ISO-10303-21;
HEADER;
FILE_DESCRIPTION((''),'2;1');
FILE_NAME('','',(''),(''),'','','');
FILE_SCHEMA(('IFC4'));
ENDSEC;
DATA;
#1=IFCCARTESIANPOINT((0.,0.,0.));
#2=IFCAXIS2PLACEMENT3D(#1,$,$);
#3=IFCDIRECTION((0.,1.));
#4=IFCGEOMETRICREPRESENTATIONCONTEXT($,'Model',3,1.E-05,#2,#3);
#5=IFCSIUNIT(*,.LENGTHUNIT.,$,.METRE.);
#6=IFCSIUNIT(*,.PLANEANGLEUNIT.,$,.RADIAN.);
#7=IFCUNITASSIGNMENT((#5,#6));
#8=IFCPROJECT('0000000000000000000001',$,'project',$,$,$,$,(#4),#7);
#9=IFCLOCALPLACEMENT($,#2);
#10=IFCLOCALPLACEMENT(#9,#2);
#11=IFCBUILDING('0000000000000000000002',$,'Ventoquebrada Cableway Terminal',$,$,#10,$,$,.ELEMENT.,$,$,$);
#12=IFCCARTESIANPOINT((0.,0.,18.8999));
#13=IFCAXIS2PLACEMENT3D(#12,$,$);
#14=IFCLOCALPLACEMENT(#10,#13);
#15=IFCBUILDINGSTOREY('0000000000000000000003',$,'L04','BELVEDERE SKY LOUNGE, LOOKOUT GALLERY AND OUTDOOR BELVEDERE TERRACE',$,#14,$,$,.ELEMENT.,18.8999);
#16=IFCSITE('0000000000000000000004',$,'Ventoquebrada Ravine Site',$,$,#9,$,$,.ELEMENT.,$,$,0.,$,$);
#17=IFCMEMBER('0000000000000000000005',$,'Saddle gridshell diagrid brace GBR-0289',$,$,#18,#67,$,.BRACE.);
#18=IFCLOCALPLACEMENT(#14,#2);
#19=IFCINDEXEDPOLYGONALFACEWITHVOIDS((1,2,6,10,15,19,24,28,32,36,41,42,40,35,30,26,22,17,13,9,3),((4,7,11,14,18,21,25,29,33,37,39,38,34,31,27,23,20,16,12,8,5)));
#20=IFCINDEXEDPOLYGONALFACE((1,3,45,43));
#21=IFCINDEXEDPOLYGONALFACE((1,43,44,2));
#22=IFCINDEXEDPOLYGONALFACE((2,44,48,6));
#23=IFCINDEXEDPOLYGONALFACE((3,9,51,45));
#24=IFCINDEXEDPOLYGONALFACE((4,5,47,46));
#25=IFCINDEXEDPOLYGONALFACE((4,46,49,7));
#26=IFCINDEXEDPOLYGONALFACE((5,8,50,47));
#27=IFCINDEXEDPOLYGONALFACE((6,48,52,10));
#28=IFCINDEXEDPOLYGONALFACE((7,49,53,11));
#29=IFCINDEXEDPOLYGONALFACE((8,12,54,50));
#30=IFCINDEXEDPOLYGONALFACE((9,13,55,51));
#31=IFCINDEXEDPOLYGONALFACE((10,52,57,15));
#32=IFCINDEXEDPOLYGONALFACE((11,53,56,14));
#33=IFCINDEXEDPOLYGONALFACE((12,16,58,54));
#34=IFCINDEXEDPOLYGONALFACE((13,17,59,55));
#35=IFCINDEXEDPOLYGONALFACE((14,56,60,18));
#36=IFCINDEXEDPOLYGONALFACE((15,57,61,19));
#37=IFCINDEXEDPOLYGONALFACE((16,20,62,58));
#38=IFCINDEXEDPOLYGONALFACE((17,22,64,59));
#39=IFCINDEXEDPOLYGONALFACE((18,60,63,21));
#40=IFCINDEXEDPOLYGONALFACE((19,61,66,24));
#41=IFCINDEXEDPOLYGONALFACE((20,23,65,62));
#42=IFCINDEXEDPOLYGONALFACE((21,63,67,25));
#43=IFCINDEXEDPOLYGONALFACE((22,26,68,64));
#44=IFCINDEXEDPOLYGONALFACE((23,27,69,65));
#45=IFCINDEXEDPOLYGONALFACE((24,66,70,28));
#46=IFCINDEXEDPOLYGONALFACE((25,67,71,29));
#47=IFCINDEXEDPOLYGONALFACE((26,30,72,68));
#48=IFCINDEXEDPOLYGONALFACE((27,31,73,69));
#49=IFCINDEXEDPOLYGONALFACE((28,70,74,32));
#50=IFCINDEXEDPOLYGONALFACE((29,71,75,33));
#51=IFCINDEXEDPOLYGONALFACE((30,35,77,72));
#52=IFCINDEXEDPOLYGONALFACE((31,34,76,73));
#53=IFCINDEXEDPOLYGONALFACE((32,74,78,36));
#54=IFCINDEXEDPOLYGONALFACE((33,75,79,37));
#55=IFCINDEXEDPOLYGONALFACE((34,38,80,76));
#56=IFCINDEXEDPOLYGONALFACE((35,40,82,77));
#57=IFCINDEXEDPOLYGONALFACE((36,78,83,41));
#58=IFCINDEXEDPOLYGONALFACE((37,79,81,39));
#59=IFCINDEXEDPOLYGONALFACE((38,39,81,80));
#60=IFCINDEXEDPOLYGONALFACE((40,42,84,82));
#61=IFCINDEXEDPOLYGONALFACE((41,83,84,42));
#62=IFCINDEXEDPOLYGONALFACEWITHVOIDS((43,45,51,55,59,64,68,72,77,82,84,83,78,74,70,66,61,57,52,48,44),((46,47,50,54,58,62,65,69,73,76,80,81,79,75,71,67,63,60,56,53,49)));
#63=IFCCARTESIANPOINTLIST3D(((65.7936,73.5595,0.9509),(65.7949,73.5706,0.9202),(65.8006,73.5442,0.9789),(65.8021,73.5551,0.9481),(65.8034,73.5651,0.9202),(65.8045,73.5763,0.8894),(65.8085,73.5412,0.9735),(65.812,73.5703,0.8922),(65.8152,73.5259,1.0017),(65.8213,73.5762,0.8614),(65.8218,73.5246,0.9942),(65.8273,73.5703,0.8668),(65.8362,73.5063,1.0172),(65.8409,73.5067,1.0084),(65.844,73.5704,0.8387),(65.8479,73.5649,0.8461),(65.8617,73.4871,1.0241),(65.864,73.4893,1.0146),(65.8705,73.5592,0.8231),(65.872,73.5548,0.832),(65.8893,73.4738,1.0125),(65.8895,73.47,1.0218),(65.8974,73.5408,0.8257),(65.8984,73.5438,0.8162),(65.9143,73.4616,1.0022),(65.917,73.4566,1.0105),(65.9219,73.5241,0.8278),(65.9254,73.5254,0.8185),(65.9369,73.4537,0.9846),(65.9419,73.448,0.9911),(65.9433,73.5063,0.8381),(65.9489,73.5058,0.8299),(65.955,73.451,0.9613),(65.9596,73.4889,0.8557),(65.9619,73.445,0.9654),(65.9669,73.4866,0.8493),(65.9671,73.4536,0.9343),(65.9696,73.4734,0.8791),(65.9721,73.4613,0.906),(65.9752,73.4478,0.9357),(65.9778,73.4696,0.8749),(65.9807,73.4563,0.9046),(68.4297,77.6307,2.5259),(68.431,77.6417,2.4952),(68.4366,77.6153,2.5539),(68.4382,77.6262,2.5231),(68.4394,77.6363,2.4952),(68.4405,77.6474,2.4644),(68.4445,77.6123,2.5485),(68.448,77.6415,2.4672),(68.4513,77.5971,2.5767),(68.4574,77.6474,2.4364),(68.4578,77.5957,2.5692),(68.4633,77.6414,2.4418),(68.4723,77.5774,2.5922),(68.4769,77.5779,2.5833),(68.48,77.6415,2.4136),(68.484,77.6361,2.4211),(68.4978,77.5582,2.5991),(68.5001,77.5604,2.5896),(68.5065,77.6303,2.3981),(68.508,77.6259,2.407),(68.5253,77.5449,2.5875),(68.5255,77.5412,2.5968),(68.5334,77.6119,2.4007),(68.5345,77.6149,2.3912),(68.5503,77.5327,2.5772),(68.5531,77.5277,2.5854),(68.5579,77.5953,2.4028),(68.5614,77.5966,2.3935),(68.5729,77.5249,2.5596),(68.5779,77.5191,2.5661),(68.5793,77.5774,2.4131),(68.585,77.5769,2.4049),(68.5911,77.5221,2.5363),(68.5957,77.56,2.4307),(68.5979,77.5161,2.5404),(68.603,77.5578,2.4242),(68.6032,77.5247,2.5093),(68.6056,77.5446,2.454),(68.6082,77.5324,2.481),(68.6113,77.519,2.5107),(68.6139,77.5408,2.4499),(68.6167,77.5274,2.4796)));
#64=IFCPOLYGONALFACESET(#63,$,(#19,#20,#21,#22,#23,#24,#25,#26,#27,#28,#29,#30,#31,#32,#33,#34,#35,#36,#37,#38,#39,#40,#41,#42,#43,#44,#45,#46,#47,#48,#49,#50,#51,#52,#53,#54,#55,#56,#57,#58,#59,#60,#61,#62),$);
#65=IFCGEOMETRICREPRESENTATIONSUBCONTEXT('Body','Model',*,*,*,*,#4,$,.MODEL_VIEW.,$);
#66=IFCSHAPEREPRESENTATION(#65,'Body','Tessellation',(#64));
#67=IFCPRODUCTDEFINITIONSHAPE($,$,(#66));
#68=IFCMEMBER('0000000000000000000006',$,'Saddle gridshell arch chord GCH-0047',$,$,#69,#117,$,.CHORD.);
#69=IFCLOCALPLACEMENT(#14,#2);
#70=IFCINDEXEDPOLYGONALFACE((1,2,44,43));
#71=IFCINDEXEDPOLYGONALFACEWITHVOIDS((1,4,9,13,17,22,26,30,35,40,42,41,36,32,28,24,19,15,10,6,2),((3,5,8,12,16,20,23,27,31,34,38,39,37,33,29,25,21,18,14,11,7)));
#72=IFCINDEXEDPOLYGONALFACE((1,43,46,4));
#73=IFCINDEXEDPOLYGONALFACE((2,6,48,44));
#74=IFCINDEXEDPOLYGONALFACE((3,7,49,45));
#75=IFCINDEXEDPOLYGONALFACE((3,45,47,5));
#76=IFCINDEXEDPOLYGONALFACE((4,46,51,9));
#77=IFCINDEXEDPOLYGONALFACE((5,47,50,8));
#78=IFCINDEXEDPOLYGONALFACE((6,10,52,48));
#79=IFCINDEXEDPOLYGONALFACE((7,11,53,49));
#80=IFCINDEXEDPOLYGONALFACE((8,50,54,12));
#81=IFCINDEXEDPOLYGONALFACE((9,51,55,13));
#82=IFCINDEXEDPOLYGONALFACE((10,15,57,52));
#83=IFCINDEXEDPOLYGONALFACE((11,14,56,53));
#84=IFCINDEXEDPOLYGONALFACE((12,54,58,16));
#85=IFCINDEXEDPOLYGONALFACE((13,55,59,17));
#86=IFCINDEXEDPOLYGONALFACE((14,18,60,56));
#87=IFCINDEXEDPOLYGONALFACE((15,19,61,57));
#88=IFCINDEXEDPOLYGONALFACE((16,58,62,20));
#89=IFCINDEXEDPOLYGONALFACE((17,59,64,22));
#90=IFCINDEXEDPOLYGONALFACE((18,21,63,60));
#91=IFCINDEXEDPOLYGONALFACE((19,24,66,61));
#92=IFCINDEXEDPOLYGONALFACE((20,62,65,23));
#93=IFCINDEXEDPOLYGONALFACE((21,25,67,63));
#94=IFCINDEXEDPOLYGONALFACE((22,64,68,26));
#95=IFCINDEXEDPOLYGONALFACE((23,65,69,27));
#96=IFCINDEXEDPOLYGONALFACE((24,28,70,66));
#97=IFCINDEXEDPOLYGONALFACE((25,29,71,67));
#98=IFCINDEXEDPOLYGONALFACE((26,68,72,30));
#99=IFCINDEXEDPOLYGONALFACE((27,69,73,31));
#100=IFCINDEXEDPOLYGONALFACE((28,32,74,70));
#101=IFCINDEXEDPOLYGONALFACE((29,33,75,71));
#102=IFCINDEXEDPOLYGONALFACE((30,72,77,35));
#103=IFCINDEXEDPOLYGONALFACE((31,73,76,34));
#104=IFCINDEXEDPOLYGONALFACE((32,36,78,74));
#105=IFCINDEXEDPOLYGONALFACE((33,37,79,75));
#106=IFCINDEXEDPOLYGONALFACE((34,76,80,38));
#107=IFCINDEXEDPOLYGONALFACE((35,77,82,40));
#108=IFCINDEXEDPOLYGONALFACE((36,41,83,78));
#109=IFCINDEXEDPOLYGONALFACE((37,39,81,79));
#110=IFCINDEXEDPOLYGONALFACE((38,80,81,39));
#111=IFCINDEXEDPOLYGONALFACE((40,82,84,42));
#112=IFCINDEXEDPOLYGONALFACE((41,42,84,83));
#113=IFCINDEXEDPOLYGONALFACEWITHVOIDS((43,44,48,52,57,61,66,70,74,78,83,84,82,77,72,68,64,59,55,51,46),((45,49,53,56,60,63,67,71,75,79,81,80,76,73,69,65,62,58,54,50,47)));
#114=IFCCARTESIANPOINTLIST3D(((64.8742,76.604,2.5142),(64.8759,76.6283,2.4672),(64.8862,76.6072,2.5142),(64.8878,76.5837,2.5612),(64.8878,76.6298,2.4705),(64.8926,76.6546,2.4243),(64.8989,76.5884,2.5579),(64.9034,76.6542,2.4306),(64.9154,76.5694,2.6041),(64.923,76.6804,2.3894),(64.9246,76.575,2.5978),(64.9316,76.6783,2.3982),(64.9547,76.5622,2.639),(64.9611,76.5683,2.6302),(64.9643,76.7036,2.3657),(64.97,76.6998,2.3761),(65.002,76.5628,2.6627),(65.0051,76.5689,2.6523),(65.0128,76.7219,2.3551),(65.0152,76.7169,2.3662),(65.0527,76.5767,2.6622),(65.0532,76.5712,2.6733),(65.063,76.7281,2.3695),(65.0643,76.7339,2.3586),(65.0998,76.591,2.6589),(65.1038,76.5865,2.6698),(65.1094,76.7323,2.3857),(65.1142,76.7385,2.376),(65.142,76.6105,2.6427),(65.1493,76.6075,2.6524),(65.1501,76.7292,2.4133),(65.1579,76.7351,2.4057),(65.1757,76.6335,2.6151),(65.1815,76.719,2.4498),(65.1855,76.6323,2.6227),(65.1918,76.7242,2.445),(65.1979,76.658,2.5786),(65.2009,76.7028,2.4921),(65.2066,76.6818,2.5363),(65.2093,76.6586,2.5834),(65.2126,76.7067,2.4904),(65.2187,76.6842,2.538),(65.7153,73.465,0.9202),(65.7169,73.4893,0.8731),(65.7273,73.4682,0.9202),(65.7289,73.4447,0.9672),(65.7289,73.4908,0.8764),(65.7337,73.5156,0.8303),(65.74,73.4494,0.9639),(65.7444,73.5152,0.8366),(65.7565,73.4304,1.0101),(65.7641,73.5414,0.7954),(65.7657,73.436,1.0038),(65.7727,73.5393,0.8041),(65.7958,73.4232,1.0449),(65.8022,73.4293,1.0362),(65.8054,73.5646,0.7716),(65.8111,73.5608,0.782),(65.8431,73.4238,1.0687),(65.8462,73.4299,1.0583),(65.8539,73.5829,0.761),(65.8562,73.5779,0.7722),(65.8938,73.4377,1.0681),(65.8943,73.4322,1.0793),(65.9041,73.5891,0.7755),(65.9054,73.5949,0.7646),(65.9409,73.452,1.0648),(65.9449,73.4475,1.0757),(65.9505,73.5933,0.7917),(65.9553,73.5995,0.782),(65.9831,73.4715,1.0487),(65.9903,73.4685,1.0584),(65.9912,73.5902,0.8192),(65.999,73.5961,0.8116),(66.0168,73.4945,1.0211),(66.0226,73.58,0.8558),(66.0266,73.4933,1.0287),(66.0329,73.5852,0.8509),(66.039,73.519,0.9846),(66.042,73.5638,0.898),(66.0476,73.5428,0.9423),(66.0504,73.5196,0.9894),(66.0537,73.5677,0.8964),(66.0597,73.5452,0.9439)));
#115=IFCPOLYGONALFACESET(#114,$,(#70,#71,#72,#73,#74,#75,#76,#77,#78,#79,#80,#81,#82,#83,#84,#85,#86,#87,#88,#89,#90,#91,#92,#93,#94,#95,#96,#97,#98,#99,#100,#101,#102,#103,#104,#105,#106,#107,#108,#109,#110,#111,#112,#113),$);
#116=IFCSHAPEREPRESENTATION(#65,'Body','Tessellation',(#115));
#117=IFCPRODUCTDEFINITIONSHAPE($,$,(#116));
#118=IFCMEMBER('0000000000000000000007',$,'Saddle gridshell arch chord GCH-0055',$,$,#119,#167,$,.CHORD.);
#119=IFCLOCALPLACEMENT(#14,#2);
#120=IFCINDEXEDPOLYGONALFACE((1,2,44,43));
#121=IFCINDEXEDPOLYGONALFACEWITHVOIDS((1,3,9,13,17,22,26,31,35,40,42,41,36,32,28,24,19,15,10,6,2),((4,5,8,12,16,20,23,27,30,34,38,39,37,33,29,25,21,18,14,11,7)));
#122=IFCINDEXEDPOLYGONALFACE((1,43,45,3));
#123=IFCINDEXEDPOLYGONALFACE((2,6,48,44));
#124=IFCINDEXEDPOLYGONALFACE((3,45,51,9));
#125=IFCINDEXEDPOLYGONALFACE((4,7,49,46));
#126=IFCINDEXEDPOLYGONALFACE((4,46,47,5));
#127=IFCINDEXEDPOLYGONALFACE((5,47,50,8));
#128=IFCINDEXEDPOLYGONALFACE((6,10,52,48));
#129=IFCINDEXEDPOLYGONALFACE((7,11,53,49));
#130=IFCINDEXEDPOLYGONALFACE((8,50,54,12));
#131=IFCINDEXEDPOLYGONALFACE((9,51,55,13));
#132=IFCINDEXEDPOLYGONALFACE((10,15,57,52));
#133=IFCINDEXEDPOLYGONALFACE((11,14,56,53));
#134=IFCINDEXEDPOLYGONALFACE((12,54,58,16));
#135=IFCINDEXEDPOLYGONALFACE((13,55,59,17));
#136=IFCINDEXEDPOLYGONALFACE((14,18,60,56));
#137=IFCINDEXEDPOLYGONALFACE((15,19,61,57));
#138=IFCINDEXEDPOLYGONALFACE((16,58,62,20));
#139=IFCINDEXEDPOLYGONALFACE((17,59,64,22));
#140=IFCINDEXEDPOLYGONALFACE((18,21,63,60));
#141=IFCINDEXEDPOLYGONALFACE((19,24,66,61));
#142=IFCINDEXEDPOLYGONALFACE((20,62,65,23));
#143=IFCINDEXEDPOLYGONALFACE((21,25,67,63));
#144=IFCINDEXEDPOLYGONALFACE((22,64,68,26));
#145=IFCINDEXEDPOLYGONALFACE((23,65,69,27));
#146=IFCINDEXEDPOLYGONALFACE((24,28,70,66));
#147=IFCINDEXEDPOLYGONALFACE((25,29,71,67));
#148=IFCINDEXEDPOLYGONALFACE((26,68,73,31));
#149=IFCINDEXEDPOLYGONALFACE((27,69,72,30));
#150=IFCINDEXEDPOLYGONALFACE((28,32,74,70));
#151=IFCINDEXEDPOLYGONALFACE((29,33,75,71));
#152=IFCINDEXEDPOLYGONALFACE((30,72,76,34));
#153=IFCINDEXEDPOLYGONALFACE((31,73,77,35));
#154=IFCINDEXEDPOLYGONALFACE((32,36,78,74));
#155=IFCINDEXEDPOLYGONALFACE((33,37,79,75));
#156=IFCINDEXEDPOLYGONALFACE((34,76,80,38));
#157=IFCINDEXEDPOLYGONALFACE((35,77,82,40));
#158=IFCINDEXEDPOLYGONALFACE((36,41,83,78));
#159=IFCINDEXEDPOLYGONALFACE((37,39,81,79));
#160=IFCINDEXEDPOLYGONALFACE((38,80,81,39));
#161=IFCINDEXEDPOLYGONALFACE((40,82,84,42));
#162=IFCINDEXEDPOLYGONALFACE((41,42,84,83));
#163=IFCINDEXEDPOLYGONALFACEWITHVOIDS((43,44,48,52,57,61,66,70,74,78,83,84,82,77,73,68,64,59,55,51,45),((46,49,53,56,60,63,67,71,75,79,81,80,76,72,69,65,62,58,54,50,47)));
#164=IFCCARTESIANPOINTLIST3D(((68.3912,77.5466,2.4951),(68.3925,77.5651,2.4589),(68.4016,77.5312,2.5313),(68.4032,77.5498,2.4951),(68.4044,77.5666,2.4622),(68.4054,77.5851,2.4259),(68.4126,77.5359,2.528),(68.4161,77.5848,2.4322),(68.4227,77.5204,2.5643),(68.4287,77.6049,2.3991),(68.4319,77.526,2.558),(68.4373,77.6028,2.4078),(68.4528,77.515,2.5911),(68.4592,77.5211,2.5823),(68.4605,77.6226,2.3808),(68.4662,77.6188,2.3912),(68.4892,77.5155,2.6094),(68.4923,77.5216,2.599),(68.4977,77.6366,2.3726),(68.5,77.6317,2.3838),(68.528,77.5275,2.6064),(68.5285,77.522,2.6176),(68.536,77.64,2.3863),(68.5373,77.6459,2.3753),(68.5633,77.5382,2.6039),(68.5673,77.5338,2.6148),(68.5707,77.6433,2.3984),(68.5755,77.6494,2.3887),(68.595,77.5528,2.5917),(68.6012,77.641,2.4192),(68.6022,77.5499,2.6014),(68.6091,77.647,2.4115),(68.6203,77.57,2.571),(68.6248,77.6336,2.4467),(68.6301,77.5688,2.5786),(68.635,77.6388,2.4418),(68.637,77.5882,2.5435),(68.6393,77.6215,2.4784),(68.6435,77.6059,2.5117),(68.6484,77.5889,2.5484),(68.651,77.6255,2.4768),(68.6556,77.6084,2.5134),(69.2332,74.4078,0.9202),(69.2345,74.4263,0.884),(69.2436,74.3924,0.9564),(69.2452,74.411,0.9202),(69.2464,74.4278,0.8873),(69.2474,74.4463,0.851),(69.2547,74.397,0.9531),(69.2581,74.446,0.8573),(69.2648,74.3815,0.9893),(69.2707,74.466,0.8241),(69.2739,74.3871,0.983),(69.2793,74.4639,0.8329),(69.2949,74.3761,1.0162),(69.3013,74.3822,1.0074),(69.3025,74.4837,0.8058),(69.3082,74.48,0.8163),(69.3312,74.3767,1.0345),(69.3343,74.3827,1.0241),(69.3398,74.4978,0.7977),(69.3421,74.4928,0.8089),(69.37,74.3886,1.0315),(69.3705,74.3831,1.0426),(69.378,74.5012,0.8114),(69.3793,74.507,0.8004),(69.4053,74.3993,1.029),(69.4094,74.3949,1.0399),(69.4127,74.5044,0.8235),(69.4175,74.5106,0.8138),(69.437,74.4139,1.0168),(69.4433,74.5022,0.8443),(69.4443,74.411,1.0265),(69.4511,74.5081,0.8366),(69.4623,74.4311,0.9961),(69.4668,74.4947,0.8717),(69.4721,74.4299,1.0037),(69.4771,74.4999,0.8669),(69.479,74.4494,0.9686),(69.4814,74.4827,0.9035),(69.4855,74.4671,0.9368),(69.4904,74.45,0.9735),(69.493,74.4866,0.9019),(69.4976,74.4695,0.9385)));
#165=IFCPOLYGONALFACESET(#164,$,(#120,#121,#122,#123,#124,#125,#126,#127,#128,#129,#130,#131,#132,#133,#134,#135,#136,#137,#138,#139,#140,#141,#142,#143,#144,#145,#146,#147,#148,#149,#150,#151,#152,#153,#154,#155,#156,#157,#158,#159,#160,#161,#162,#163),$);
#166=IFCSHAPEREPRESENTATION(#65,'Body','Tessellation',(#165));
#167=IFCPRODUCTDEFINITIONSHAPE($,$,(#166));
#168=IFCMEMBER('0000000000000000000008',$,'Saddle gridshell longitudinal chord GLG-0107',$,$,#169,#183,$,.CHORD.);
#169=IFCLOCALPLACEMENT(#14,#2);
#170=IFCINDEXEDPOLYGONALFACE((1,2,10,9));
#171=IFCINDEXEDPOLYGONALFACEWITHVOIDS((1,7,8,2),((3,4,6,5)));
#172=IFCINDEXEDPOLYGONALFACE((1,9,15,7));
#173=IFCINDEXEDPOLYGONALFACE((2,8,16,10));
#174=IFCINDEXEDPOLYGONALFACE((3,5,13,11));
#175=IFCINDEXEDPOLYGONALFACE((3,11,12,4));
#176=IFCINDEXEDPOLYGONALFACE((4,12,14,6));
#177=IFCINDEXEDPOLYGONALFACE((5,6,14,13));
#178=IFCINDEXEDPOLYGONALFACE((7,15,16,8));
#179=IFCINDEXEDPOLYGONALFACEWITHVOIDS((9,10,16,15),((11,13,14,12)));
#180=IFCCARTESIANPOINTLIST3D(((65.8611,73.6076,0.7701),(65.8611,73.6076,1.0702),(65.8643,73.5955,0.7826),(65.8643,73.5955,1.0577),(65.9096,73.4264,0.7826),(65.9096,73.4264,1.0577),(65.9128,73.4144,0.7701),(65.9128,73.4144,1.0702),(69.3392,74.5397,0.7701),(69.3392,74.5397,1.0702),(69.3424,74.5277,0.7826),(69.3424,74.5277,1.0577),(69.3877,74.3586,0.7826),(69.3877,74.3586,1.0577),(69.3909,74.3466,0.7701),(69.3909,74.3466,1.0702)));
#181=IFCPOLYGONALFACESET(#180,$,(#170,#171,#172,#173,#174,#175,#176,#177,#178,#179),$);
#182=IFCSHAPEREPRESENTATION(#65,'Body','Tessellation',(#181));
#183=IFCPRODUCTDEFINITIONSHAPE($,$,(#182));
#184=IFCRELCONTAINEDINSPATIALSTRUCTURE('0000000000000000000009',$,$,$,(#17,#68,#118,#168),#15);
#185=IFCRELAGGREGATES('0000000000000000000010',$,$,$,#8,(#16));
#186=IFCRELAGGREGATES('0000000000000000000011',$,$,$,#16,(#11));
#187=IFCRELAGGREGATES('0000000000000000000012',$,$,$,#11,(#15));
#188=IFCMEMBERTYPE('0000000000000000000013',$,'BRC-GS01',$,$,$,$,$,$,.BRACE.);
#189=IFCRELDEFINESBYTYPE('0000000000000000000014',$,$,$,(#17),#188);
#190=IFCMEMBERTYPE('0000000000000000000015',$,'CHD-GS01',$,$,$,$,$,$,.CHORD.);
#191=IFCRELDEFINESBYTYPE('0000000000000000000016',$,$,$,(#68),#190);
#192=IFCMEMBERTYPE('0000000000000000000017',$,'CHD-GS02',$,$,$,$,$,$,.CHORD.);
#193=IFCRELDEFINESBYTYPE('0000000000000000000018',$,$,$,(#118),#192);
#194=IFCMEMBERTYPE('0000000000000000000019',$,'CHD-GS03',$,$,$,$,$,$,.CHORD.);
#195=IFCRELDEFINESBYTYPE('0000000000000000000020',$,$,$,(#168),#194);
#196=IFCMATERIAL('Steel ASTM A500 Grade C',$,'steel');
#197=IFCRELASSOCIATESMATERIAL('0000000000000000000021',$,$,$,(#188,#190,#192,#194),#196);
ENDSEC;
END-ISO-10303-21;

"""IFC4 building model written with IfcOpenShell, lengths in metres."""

from ifc_helpers import new_model, si_unit, direction, frame, origin, origin_2d, place, context, subcontext, project, spatial, hollow_rectangle, hollow_circle, extrude, material, material_profile, profile_set, type_object, element, save


model = new_model("IFC4")

# Units and contexts
model_context = context("Model", 3, precision=1e-05, world=origin(), true_north=direction((0.0, 1.0)))
body_context = subcontext(model_context, "Body", "Model", "MODEL_VIEW")
ifc_project = project(units=[si_unit("LENGTHUNIT", "METRE"), si_unit("PLANEANGLEUNIT", "RADIAN")], contexts=[model_context])

# Site, building, storey
site_placement = place(None, origin())
site = spatial("IfcSite", under=ifc_project, at=site_placement, Name="Ventoquebrada Ravine Site", CompositionType="ELEMENT", RefElevation=0.0)
building_placement = place(site_placement, origin())
building = spatial("IfcBuilding", under=site, at=building_placement, Name="Ventoquebrada Cableway Terminal", CompositionType="ELEMENT")
storey_placement = place(building_placement, frame((0.0, 0.0, 18.8999)))
storey = spatial("IfcBuildingStorey", under=building, at=storey_placement, Name="L04", Description="BELVEDERE SKY LOUNGE, LOOKOUT GALLERY AND OUTDOOR BELVEDERE TERRACE", CompositionType="ELEMENT", Elevation=18.8999)

# Members
ifc_material_1 = material(Name="Steel ASTM A500 Grade C", Category="steel")
ifc_material_profile_1 = material_profile(ifc_material_1, hollow_circle(Radius=0.1096, WallThickness=0.01, at=origin_2d()), Name="CHS219.1X10")
ifc_profile_set_1 = profile_set([ifc_material_profile_1], Name="Steel ASTM A500 Grade C")
member_type_1 = type_object("IfcMemberType", Name="BRC-GS01", PredefinedType="BRACE", material=ifc_profile_set_1)
member_1_placement = place(storey_placement, frame((65.887, 73.511, 0.9202), z_axis=(0.516937, 0.798362, 0.30886), x_axis=(-0.839403, 0.54351, 0.0)))
element("IfcMember", 1, at=member_1_placement, inside=storey, type_object=member_type_1, Name="Saddle gridshell diagrid brace GBR-0289", PredefinedType="BRACE", context=body_context, shape_type="SweptSolid", body=[
    extrude(hollow_circle(Radius=0.1096, WallThickness=0.01, at=origin_2d()), origin(), (0.0, 0.0, 1.0), 5.0994),
])
ifc_material_profile_2 = material_profile(ifc_material_1, hollow_circle(Radius=0.1777, WallThickness=0.0125, at=origin_2d()), Name="CHS355.6X12.5")
ifc_profile_set_2 = profile_set([ifc_material_profile_2], Name="Steel ASTM A500 Grade C")
member_type_2 = type_object("IfcMemberType", Name="CHD-GS01", PredefinedType="CHORD", material=ifc_profile_set_2)
member_2_placement = place(storey_placement, frame((65.887, 73.511, 0.9202), z_axis=(-0.232368, 0.867216, 0.440387), x_axis=(-0.965926, -0.258817, 0.0)))
element("IfcMember", 2, at=member_2_placement, inside=storey, type_object=member_type_2, Name="Saddle gridshell arch chord GCH-0047", PredefinedType="CHORD", context=body_context, shape_type="SweptSolid", body=[
    extrude(hollow_circle(Radius=0.1777, WallThickness=0.0125, at=origin_2d()), origin(), (0.0, 0.0, 1.0), 3.6196),
])
ifc_material_profile_3 = material_profile(ifc_material_1, hollow_circle(Radius=0.1365, WallThickness=0.0125, at=origin_2d()), Name="CHS273.0X12.5")
ifc_profile_set_3 = profile_set([ifc_material_profile_3], Name="Steel ASTM A500 Grade C")
member_type_3 = type_object("IfcMemberType", Name="CHD-GS02", PredefinedType="CHORD", material=ifc_profile_set_3)
member_3_placement = place(storey_placement, frame((69.365, 74.4431, 0.9202), z_axis=(-0.233161, 0.869166, 0.436104), x_axis=(-0.965851, -0.259098, 0.0)))
element("IfcMember", 3, at=member_3_placement, inside=storey, type_object=member_type_3, Name="Saddle gridshell arch chord GCH-0055", PredefinedType="CHORD", context=body_context, shape_type="SweptSolid", body=[
    extrude(hollow_circle(Radius=0.1365, WallThickness=0.0125, at=origin_2d()), origin(), (0.0, 0.0, 1.0), 3.6113),
])
ifc_material_profile_4 = material_profile(ifc_material_1, hollow_rectangle(XDim=0.2, YDim=0.3, WallThickness=0.0125, at=origin_2d()), Name="RHS300X200X12.5")
ifc_profile_set_4 = profile_set([ifc_material_profile_4], Name="Steel ASTM A500 Grade C")
member_type_4 = type_object("IfcMemberType", Name="CHD-GS03", PredefinedType="CHORD", material=ifc_profile_set_4)
member_4_placement = place(storey_placement, frame((65.887, 73.511, 0.9202), z_axis=(0.965912, 0.258869, 0.0), x_axis=(-0.258869, 0.965912, 0.0)))
element("IfcMember", 4, at=member_4_placement, inside=storey, type_object=member_type_4, Name="Saddle gridshell longitudinal chord GLG-0107", PredefinedType="CHORD", context=body_context, shape_type="SweptSolid", body=[
    extrude(hollow_rectangle(XDim=0.2, YDim=0.3, WallThickness=0.0125, at=origin_2d()), origin(), (0.0, 0.0, 1.0), 3.6008),
])

save(model, "model.ifc")
